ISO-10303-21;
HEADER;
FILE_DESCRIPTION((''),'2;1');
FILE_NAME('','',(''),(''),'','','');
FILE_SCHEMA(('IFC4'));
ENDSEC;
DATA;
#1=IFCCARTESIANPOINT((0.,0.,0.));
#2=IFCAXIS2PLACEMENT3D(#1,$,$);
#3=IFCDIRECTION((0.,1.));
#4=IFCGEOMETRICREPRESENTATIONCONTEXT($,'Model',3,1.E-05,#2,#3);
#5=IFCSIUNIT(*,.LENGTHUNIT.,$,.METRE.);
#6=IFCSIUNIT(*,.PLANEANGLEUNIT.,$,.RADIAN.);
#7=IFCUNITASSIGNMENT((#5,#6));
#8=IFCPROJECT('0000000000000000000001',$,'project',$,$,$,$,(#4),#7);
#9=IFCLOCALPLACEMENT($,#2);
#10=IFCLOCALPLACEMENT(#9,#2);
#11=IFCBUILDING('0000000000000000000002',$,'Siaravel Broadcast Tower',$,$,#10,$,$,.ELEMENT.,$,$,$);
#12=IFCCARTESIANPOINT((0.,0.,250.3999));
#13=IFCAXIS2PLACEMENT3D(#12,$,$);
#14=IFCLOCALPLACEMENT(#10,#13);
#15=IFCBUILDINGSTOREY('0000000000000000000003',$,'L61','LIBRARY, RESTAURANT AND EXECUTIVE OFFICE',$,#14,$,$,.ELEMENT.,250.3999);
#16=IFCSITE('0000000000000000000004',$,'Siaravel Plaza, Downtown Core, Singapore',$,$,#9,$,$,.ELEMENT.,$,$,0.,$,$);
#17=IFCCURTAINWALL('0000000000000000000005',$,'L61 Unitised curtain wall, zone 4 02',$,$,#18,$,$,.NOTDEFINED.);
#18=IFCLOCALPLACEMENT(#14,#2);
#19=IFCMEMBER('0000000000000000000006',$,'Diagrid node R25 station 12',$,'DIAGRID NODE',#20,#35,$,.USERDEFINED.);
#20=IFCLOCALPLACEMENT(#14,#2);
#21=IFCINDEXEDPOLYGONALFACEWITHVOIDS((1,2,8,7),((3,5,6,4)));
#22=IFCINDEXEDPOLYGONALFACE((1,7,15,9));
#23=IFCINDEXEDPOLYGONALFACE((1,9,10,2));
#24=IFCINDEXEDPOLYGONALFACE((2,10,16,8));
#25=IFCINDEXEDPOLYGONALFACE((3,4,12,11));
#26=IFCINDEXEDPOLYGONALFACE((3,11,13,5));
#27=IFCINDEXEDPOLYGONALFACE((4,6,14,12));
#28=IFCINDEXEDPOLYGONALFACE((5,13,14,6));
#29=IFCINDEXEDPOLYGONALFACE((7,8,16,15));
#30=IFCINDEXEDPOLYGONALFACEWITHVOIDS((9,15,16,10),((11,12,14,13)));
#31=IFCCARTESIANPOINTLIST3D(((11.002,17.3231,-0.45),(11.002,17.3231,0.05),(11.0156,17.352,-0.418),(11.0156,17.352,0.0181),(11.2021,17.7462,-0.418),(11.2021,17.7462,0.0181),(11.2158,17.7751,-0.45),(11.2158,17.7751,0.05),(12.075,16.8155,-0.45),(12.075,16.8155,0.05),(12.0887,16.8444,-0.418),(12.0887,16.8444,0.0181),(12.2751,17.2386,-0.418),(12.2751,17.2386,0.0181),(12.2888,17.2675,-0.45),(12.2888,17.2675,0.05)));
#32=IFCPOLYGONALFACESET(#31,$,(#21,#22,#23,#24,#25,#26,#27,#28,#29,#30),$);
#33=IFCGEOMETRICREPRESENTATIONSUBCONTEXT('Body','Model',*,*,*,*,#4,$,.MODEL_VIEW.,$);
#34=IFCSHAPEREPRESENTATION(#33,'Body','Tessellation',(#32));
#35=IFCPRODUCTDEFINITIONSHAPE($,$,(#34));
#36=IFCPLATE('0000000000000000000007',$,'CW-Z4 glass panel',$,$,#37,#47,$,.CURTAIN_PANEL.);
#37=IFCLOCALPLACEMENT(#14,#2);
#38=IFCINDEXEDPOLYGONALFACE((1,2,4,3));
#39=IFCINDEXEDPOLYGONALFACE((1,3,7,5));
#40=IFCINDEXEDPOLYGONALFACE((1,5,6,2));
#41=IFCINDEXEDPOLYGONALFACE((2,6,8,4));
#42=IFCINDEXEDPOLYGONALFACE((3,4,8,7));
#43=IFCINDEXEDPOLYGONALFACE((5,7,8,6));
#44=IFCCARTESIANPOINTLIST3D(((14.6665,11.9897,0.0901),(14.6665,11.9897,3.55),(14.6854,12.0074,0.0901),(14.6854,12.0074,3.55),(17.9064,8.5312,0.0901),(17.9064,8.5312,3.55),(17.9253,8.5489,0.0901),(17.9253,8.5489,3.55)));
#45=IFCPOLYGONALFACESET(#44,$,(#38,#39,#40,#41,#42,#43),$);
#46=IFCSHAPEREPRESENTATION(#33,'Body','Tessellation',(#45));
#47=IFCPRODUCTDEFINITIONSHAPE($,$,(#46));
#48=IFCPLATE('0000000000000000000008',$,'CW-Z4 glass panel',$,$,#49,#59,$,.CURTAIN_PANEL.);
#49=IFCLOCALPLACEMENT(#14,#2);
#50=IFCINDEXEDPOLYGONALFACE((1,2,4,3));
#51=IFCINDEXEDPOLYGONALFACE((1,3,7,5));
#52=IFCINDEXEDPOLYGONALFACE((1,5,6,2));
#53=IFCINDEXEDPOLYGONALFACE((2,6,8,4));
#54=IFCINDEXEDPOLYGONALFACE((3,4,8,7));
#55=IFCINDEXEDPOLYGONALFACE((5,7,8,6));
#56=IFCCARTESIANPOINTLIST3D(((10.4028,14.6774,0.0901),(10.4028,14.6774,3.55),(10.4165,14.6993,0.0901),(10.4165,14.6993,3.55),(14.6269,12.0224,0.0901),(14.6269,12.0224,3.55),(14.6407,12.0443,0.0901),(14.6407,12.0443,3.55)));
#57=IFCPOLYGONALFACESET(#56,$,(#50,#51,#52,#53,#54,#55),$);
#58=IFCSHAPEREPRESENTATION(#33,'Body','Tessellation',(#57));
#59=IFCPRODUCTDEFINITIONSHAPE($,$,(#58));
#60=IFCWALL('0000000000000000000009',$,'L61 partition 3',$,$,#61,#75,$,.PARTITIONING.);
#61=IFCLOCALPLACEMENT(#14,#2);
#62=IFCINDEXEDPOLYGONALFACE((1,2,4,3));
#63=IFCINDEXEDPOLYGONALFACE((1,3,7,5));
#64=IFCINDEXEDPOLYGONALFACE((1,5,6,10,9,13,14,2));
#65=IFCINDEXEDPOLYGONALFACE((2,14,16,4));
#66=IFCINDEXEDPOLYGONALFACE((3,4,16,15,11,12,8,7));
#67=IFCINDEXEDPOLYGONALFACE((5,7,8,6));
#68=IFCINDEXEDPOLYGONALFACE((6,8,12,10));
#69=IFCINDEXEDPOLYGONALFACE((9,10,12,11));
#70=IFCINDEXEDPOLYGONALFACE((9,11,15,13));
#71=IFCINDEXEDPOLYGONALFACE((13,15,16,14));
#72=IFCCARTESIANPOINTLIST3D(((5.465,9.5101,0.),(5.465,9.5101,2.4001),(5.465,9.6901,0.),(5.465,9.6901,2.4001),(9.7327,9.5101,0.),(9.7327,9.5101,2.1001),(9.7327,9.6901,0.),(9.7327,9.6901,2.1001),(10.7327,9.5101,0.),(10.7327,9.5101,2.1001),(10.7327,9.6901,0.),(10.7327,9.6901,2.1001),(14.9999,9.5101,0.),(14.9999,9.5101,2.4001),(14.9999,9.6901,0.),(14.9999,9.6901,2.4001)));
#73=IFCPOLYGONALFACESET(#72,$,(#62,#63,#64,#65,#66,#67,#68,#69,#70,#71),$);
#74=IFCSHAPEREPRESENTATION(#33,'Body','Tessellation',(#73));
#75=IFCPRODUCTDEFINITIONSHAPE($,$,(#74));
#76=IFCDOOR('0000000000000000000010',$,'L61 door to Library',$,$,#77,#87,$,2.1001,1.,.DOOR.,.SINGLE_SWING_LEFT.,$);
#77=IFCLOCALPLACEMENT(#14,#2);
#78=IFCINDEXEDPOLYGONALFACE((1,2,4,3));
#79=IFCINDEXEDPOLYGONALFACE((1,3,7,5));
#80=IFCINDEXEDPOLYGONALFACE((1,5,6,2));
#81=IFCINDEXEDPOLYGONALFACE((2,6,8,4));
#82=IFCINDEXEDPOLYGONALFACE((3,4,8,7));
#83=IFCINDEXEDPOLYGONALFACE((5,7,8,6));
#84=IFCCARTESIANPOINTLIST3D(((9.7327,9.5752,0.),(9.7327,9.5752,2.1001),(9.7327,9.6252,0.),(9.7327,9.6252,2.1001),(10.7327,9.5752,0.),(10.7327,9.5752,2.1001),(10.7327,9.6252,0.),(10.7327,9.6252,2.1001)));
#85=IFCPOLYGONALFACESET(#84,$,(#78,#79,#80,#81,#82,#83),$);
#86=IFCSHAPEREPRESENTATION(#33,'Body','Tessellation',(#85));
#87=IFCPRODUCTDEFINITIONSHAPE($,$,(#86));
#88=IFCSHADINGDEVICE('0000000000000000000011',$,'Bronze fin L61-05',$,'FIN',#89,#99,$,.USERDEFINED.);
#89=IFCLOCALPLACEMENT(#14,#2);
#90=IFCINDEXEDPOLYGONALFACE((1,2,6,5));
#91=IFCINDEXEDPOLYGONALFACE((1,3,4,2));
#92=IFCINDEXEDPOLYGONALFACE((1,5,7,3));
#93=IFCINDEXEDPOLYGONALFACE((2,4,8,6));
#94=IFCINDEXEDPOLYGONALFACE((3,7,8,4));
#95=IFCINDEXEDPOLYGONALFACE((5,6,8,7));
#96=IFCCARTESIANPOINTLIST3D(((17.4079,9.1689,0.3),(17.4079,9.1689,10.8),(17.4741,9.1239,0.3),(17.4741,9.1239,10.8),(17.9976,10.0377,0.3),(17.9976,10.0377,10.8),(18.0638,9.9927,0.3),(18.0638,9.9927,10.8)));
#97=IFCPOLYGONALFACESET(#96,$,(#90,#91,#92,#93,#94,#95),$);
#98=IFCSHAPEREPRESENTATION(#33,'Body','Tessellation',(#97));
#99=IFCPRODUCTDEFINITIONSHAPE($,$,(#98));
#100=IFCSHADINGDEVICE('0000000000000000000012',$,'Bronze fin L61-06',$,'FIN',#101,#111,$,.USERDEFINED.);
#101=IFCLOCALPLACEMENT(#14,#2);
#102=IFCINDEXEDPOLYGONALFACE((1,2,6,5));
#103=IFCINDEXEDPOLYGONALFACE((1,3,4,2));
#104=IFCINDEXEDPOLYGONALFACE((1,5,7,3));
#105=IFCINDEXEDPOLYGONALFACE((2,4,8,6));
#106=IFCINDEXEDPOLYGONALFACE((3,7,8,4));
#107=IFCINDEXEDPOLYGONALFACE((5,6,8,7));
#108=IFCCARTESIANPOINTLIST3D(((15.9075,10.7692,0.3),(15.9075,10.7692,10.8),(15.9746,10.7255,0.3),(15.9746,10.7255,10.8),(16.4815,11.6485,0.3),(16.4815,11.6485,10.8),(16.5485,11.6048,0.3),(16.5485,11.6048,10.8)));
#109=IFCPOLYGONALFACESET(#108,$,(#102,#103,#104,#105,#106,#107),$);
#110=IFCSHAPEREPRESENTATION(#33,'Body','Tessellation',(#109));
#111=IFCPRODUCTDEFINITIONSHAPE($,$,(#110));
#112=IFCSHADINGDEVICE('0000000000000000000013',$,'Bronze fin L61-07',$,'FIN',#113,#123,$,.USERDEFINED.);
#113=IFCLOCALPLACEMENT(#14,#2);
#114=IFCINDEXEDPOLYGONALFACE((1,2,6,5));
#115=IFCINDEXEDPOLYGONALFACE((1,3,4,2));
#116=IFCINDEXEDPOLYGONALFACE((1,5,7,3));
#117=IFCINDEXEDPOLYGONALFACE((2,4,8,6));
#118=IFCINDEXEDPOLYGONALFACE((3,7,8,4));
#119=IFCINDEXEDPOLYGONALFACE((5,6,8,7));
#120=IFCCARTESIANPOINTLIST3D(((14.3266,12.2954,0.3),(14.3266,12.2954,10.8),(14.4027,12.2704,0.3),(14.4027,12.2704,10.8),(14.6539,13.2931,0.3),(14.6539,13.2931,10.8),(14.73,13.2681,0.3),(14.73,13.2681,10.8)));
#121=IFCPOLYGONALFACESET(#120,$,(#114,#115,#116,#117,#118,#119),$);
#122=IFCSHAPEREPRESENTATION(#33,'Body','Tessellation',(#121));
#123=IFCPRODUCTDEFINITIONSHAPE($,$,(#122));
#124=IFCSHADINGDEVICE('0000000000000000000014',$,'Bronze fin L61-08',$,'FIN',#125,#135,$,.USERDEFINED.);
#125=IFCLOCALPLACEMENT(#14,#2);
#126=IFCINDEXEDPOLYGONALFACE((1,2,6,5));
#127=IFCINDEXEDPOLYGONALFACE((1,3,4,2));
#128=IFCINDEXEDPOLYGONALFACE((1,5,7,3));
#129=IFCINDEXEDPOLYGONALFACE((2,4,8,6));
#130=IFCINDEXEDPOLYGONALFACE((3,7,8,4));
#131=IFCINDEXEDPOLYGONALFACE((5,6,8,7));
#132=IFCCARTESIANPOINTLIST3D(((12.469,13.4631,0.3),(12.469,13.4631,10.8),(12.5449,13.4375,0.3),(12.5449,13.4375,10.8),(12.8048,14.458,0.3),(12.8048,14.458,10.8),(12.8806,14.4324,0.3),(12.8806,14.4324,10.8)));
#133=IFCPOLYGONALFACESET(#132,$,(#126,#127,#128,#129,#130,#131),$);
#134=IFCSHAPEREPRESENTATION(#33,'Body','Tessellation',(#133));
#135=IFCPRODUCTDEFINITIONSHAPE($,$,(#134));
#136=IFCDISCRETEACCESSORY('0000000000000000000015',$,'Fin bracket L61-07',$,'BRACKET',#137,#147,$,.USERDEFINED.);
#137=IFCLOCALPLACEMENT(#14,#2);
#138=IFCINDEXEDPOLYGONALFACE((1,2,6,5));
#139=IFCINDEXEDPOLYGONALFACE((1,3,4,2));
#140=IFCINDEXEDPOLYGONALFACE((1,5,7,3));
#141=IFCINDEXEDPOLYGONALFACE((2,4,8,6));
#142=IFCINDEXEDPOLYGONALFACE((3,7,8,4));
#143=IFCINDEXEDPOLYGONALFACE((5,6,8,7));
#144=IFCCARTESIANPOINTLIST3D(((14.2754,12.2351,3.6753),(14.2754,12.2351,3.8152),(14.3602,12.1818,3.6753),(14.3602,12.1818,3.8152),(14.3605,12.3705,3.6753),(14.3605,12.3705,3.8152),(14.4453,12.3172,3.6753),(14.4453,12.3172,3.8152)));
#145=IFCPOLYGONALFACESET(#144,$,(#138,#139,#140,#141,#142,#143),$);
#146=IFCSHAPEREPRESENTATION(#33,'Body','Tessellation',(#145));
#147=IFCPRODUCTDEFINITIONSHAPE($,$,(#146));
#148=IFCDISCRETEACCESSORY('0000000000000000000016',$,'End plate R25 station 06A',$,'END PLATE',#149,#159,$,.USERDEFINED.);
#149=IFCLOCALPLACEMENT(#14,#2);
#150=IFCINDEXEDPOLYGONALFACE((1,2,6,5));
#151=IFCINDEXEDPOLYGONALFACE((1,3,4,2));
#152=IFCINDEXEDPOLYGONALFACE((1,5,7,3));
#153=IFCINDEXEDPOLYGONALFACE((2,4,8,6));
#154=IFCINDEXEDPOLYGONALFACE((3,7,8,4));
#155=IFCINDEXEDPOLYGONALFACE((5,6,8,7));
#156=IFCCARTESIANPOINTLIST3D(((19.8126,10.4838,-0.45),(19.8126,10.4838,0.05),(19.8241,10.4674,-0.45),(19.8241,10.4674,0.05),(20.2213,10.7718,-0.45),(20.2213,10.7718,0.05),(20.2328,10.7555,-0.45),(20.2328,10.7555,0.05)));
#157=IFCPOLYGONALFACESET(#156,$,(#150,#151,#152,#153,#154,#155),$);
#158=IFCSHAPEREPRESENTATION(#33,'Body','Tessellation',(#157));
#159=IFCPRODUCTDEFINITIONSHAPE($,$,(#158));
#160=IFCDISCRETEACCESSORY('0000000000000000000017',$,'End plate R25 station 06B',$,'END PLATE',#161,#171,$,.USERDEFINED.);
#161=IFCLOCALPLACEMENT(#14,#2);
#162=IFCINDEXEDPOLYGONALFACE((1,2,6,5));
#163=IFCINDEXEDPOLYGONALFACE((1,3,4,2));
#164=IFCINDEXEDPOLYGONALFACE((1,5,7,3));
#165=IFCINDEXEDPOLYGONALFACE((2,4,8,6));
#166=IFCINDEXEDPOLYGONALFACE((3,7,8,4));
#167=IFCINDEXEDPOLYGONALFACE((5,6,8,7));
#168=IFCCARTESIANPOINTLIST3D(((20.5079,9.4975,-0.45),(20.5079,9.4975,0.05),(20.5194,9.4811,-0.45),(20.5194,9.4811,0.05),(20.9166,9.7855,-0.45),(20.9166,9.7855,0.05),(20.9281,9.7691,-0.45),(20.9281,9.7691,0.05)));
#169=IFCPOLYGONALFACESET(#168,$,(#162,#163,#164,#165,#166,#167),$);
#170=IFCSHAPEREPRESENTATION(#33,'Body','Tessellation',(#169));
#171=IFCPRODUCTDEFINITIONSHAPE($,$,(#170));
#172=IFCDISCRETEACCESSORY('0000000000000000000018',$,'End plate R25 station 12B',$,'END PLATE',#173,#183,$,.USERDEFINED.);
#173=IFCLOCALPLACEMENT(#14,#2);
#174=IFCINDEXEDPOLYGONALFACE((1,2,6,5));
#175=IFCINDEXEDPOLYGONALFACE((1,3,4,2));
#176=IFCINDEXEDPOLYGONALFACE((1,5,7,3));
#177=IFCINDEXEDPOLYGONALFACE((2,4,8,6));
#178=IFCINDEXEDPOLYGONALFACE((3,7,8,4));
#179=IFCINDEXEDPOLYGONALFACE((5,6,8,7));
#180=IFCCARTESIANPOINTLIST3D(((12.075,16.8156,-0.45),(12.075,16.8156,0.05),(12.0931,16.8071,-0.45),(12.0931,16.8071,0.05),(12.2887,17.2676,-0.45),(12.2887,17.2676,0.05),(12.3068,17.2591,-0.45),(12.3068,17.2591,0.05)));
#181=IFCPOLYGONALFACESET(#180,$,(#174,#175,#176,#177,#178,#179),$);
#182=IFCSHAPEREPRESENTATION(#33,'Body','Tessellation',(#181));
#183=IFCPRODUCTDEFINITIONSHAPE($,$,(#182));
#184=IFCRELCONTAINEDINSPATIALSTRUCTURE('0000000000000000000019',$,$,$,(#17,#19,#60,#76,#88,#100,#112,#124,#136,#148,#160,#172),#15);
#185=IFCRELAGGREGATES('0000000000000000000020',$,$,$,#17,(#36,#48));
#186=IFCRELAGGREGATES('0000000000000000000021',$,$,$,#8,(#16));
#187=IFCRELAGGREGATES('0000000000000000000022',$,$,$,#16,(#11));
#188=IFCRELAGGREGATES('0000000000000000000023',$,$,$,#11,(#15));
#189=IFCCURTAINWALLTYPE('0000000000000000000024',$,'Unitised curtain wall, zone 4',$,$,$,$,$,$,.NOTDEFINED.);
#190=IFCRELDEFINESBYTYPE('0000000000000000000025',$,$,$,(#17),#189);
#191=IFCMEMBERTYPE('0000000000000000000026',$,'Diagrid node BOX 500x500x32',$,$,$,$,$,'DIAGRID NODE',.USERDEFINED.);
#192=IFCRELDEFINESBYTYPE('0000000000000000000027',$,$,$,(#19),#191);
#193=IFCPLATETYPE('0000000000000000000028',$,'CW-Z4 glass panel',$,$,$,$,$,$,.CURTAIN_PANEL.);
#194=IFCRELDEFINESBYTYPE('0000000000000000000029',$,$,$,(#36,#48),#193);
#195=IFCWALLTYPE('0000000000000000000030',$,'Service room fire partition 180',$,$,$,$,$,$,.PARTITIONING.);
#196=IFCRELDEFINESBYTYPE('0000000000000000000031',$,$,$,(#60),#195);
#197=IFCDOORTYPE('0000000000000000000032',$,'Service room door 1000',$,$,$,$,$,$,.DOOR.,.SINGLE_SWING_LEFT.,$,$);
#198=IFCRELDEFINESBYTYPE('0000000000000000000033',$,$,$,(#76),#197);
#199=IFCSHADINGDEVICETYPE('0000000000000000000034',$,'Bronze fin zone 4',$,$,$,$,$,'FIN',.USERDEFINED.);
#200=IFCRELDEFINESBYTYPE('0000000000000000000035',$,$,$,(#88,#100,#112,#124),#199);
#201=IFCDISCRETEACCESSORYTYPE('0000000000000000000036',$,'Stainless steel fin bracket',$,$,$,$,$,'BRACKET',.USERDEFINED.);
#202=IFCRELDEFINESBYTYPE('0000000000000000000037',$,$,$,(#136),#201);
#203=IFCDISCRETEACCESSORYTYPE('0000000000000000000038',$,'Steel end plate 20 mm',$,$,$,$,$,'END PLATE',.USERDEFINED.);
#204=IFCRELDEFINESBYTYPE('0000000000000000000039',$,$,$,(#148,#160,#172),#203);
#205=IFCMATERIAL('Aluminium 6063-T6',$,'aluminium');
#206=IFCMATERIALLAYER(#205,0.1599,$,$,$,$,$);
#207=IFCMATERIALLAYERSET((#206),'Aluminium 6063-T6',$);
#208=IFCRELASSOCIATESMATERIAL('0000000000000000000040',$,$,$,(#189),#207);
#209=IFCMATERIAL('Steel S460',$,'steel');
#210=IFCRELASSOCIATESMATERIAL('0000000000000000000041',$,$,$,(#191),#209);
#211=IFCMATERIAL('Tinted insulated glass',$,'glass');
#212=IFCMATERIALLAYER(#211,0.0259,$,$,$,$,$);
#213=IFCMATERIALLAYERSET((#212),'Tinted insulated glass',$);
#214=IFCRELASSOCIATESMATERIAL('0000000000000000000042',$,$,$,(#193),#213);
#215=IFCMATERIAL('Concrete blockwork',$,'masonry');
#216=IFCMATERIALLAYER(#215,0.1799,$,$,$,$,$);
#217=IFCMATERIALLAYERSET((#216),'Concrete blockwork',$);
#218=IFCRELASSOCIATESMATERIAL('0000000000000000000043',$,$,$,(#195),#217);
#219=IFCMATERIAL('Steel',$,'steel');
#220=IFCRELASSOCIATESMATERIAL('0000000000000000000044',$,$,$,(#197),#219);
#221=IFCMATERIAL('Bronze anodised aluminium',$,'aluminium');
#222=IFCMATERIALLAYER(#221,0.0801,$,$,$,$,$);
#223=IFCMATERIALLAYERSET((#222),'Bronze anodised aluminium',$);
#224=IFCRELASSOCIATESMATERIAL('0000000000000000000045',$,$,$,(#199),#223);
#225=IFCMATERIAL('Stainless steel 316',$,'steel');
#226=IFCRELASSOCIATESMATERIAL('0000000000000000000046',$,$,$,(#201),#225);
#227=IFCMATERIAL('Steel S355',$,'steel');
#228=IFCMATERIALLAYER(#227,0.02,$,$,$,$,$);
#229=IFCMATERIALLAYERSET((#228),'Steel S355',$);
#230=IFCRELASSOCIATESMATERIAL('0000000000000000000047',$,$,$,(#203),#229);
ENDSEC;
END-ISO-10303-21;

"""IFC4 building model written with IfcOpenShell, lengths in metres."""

from ifc_helpers import new_model, si_unit, direction, frame, frame_2d, origin, origin_2d, place, context, subcontext, project, spatial, rectangle, hollow_rectangle, extrude, material, layer, layer_set, material_profile, profile_set, type_object, element, fill, aggregate, save


model = new_model("IFC4")

# Units and contexts
model_context = context("Model", 3, precision=1e-05, world=origin(), true_north=direction((0.0, 1.0)))
body_context = subcontext(model_context, "Body", "Model", "MODEL_VIEW")
ifc_project = project(units=[si_unit("LENGTHUNIT", "METRE"), si_unit("PLANEANGLEUNIT", "RADIAN")], contexts=[model_context])

# Site, building, storey
site_placement = place(None, origin())
site = spatial("IfcSite", under=ifc_project, at=site_placement, Name="Siaravel Plaza, Downtown Core, Singapore", CompositionType="ELEMENT", RefElevation=0.0)
building_placement = place(site_placement, origin())
building = spatial("IfcBuilding", under=site, at=building_placement, Name="Siaravel Broadcast Tower", CompositionType="ELEMENT")
storey_placement = place(building_placement, frame((0.0, 0.0, 250.3999)))
storey = spatial("IfcBuildingStorey", under=building, at=storey_placement, Name="L61", Description="LIBRARY, RESTAURANT AND EXECUTIVE OFFICE", CompositionType="ELEMENT", Elevation=250.3999)

# Shared definitions
ifc_material_1 = material(Name="Steel S355", Category="steel")

# Shared definitions
ifc_material_2 = material(Name="Aluminium 6063-T6", Category="aluminium")
ifc_layer_1 = layer(ifc_material_2, 0.1599)
ifc_layer_set_1 = layer_set([ifc_layer_1], Name="Aluminium 6063-T6")
curtain_wall_type = type_object("IfcCurtainWallType", Name="Unitised curtain wall, zone 4", PredefinedType="NOTDEFINED", material=ifc_layer_set_1)

# Curtain wall
curtain_wall_1_placement = place(storey_placement, origin())
curtain_wall_1 = element("IfcCurtainWall", 1, at=curtain_wall_1_placement, inside=storey, type_object=curtain_wall_type, Name="L61 Unitised curtain wall, zone 4 02", PredefinedType="NOTDEFINED")

# Member
ifc_material_3 = material(Name="Steel S460", Category="steel")
ifc_material_profile_1 = material_profile(ifc_material_3, hollow_rectangle(XDim=0.5, YDim=0.5, WallThickness=0.032, at=origin_2d()))
ifc_profile_set_1 = profile_set([ifc_material_profile_1], Name="Steel S460")
member_type_1 = type_object("IfcMemberType", Name="Diagrid node BOX 500x500x32", ElementType="DIAGRID NODE", PredefinedType="USERDEFINED", material=ifc_profile_set_1)
member_1_placement = place(storey_placement, frame((12.1819, 17.0415, -0.2), z_axis=(-0.903964, 0.427609, 0.0), x_axis=(-0.427609, -0.903964, 0.0)))
element("IfcMember", 2, at=member_1_placement, inside=storey, type_object=member_type_1, Name="Diagrid node R25 station 12", ObjectType="DIAGRID NODE", PredefinedType="USERDEFINED", context=body_context, shape_type="SweptSolid", body=[
    extrude(hollow_rectangle(XDim=0.5, YDim=0.5, WallThickness=0.032, at=origin_2d()), origin(), (0.0, 0.0, 1.0), 1.187),
])

# Plates
ifc_material_4 = material(Name="Tinted insulated glass", Category="glass")
ifc_layer_2 = layer(ifc_material_4, 0.0259)
ifc_layer_set_2 = layer_set([ifc_layer_2], Name="Tinted insulated glass")
plate_type = type_object("IfcPlateType", Name="CW-Z4 glass panel", PredefinedType="CURTAIN_PANEL", material=ifc_layer_set_2)
plate_1_placement = place(storey_placement, frame((16.2959, 10.2693, 0.0901), z_axis=(0.0, 0.0, 1.0), x_axis=(-0.683654, 0.729807, 0.0)))
plate_1 = element("IfcPlate", 3, at=plate_1_placement, type_object=plate_type, Name="CW-Z4 glass panel", PredefinedType="CURTAIN_PANEL", context=body_context, shape_type="SweptSolid", body=[
    extrude(rectangle(XDim=4.739, YDim=0.0259, at=origin_2d()), origin(), (0.0, 0.0, 1.0), 3.46),
])
plate_2_placement = place(storey_placement, frame((12.5217, 13.3608, 0.0901), z_axis=(0.0, 0.0, 1.0), x_axis=(-0.84665, 0.532151, 0.0)))
plate_2 = element("IfcPlate", 4, at=plate_2_placement, type_object=plate_type, Name="CW-Z4 glass panel", PredefinedType="CURTAIN_PANEL", context=body_context, shape_type="SweptSolid", body=[
    extrude(rectangle(XDim=4.9893, YDim=0.0259, at=origin_2d()), origin(), (0.0, 0.0, 1.0), 3.46),
])
aggregate(curtain_wall_1, [plate_1, plate_2])

# Wall, opening, door
ifc_material_5 = material(Name="Concrete blockwork", Category="masonry")
ifc_layer_3 = layer(ifc_material_5, 0.1799)
ifc_layer_set_3 = layer_set([ifc_layer_3], Name="Concrete blockwork")
wall_type = type_object("IfcWallType", Name="Service room fire partition 180", PredefinedType="PARTITIONING", material=ifc_layer_set_3)
wall_placement = place(storey_placement, frame((15.0, 9.6001, 0.0), z_axis=(0.0, 0.0, 1.0), x_axis=(-1.0, 0.0, 0.0)))
wall = element("IfcWall", 5, at=wall_placement, inside=storey, type_object=wall_type, Name="L61 partition 3", PredefinedType="PARTITIONING", context=body_context, shape_type="SweptSolid", body=[
    extrude(rectangle(XDim=9.5349, YDim=0.1799, at=frame_2d((4.7676, 0.0))), origin(), (0.0, 0.0, 1.0), 2.4001),
])
opening_placement = place(wall_placement, frame((4.2673, 0.0, 0.0)))
opening = element("IfcOpeningElement", 6, at=opening_placement, cuts=wall, PredefinedType="OPENING", context=body_context, shape_type="SweptSolid", body=[
    extrude(rectangle(XDim=1.0, YDim=2.1001, at=frame_2d((0.5, 1.05))), frame((0.0, 0.0999, 0.0), z_axis=(0.0, -1.0, 0.0), x_axis=(1.0, 0.0, 0.0)), (0.0, 0.0, 1.0), 0.2),
])
ifc_material_6 = material(Name="Steel", Category="steel")
door_type = type_object("IfcDoorType", Name="Service room door 1000", OperationType="SINGLE_SWING_LEFT", PredefinedType="DOOR", material=ifc_material_6)
door_placement = place(opening_placement, origin())
door = element("IfcDoor", 7, at=door_placement, inside=storey, type_object=door_type, Name="L61 door to Library", OperationType="SINGLE_SWING_LEFT", OverallHeight=2.1001, OverallWidth=1.0, PredefinedType="DOOR", context=body_context, shape_type="SweptSolid", body=[
    extrude(rectangle(XDim=1.0, YDim=2.1001, at=frame_2d((0.5, 1.05))), frame((0.0, 0.0249, 0.0), z_axis=(0.0, -1.0, 0.0), x_axis=(1.0, 0.0, 0.0)), (0.0, 0.0, 1.0), 0.05),
])
fill(opening, door)

# Shading devices
ifc_material_7 = material(Name="Bronze anodised aluminium", Category="aluminium")
ifc_layer_4 = layer(ifc_material_7, 0.0801)
ifc_layer_set_4 = layer_set([ifc_layer_4], Name="Bronze anodised aluminium")
shading_device_type = type_object("IfcShadingDeviceType", Name="Bronze fin zone 4", ElementType="FIN", PredefinedType="USERDEFINED", material=ifc_layer_set_4)
for number, where, z_axis, x_axis, name in (
    (8, (17.7358, 9.5808, 0.3), (0.0, 0.0, 1.0), (0.561614, 0.827399, 0.0), "Bronze fin L61-05"),
    (9, (16.228, 11.187, 0.3), (0.0, 0.0, 1.0), (0.546609, 0.837388, 0.0), "Bronze fin L61-06"),
    (10, (14.5283, 12.7817, 0.3), (0.0, 0.0, 1.0), (0.311713, 0.950176, 0.0), "Bronze fin L61-07"),
    (11, (12.6748, 13.9478, 0.3), (0.0, 0.0, 1.0), (0.319773, 0.947494, 0.0), "Bronze fin L61-08"),
):
    element("IfcShadingDevice", number, at=place(storey_placement, frame(where, z_axis=z_axis, x_axis=x_axis)), inside=storey, type_object=shading_device_type, Name=name, ObjectType="FIN", PredefinedType="USERDEFINED", context=body_context, shape_type="SweptSolid", body=[
        extrude(rectangle(XDim=1.05, YDim=0.0801, at=origin_2d()), origin(), (0.0, 0.0, 1.0), 10.5),
    ])

# Discrete accessories
ifc_material_8 = material(Name="Stainless steel 316", Category="steel")
discrete_accessory_type_1 = type_object("IfcDiscreteAccessoryType", Name="Stainless steel fin bracket", ElementType="BRACKET", PredefinedType="USERDEFINED", material=ifc_material_8)
discrete_accessory_placement = place(storey_placement, frame((14.3604, 12.2761, 3.6753), z_axis=(0.0, 0.0, 1.0), x_axis=(0.532151, 0.84665, 0.0)))
element("IfcDiscreteAccessory", 12, at=discrete_accessory_placement, inside=storey, type_object=discrete_accessory_type_1, Name="Fin bracket L61-07", ObjectType="BRACKET", PredefinedType="USERDEFINED", context=body_context, shape_type="SweptSolid", body=[
    extrude(rectangle(XDim=0.1599, YDim=0.1001, at=origin_2d()), origin(), (0.0, 0.0, 1.0), 0.1399),
])
ifc_layer_5 = layer(ifc_material_1, 0.02)
ifc_layer_set_5 = layer_set([ifc_layer_5], Name="Steel S355")
discrete_accessory_type_2 = type_object("IfcDiscreteAccessoryType", Name="Steel end plate 20 mm", ElementType="END PLATE", PredefinedType="USERDEFINED", material=ifc_layer_set_5)
for number, where, z_axis, x_axis, name in (
    (13, (20.0227, 10.6196, -0.45), (0.0, 0.0, 1.0), (-0.576119, 0.817366, 0.0), "End plate R25 station 06A"),
    (14, (20.718, 9.6333, -0.45), (0.0, 0.0, 1.0), (-0.576119, 0.817366, 0.0), "End plate R25 station 06B"),
    (15, (12.1909, 17.0374, -0.45), (0.0, 0.0, 1.0), (-0.904006, 0.427519, 0.0), "End plate R25 station 12B"),
):
    element("IfcDiscreteAccessory", number, at=place(storey_placement, frame(where, z_axis=z_axis, x_axis=x_axis)), inside=storey, type_object=discrete_accessory_type_2, Name=name, ObjectType="END PLATE", PredefinedType="USERDEFINED", context=body_context, shape_type="SweptSolid", body=[
        extrude(rectangle(XDim=0.02, YDim=0.5, at=origin_2d()), origin(), (0.0, 0.0, 1.0), 0.5),
    ])

save(model, "model.ifc")
